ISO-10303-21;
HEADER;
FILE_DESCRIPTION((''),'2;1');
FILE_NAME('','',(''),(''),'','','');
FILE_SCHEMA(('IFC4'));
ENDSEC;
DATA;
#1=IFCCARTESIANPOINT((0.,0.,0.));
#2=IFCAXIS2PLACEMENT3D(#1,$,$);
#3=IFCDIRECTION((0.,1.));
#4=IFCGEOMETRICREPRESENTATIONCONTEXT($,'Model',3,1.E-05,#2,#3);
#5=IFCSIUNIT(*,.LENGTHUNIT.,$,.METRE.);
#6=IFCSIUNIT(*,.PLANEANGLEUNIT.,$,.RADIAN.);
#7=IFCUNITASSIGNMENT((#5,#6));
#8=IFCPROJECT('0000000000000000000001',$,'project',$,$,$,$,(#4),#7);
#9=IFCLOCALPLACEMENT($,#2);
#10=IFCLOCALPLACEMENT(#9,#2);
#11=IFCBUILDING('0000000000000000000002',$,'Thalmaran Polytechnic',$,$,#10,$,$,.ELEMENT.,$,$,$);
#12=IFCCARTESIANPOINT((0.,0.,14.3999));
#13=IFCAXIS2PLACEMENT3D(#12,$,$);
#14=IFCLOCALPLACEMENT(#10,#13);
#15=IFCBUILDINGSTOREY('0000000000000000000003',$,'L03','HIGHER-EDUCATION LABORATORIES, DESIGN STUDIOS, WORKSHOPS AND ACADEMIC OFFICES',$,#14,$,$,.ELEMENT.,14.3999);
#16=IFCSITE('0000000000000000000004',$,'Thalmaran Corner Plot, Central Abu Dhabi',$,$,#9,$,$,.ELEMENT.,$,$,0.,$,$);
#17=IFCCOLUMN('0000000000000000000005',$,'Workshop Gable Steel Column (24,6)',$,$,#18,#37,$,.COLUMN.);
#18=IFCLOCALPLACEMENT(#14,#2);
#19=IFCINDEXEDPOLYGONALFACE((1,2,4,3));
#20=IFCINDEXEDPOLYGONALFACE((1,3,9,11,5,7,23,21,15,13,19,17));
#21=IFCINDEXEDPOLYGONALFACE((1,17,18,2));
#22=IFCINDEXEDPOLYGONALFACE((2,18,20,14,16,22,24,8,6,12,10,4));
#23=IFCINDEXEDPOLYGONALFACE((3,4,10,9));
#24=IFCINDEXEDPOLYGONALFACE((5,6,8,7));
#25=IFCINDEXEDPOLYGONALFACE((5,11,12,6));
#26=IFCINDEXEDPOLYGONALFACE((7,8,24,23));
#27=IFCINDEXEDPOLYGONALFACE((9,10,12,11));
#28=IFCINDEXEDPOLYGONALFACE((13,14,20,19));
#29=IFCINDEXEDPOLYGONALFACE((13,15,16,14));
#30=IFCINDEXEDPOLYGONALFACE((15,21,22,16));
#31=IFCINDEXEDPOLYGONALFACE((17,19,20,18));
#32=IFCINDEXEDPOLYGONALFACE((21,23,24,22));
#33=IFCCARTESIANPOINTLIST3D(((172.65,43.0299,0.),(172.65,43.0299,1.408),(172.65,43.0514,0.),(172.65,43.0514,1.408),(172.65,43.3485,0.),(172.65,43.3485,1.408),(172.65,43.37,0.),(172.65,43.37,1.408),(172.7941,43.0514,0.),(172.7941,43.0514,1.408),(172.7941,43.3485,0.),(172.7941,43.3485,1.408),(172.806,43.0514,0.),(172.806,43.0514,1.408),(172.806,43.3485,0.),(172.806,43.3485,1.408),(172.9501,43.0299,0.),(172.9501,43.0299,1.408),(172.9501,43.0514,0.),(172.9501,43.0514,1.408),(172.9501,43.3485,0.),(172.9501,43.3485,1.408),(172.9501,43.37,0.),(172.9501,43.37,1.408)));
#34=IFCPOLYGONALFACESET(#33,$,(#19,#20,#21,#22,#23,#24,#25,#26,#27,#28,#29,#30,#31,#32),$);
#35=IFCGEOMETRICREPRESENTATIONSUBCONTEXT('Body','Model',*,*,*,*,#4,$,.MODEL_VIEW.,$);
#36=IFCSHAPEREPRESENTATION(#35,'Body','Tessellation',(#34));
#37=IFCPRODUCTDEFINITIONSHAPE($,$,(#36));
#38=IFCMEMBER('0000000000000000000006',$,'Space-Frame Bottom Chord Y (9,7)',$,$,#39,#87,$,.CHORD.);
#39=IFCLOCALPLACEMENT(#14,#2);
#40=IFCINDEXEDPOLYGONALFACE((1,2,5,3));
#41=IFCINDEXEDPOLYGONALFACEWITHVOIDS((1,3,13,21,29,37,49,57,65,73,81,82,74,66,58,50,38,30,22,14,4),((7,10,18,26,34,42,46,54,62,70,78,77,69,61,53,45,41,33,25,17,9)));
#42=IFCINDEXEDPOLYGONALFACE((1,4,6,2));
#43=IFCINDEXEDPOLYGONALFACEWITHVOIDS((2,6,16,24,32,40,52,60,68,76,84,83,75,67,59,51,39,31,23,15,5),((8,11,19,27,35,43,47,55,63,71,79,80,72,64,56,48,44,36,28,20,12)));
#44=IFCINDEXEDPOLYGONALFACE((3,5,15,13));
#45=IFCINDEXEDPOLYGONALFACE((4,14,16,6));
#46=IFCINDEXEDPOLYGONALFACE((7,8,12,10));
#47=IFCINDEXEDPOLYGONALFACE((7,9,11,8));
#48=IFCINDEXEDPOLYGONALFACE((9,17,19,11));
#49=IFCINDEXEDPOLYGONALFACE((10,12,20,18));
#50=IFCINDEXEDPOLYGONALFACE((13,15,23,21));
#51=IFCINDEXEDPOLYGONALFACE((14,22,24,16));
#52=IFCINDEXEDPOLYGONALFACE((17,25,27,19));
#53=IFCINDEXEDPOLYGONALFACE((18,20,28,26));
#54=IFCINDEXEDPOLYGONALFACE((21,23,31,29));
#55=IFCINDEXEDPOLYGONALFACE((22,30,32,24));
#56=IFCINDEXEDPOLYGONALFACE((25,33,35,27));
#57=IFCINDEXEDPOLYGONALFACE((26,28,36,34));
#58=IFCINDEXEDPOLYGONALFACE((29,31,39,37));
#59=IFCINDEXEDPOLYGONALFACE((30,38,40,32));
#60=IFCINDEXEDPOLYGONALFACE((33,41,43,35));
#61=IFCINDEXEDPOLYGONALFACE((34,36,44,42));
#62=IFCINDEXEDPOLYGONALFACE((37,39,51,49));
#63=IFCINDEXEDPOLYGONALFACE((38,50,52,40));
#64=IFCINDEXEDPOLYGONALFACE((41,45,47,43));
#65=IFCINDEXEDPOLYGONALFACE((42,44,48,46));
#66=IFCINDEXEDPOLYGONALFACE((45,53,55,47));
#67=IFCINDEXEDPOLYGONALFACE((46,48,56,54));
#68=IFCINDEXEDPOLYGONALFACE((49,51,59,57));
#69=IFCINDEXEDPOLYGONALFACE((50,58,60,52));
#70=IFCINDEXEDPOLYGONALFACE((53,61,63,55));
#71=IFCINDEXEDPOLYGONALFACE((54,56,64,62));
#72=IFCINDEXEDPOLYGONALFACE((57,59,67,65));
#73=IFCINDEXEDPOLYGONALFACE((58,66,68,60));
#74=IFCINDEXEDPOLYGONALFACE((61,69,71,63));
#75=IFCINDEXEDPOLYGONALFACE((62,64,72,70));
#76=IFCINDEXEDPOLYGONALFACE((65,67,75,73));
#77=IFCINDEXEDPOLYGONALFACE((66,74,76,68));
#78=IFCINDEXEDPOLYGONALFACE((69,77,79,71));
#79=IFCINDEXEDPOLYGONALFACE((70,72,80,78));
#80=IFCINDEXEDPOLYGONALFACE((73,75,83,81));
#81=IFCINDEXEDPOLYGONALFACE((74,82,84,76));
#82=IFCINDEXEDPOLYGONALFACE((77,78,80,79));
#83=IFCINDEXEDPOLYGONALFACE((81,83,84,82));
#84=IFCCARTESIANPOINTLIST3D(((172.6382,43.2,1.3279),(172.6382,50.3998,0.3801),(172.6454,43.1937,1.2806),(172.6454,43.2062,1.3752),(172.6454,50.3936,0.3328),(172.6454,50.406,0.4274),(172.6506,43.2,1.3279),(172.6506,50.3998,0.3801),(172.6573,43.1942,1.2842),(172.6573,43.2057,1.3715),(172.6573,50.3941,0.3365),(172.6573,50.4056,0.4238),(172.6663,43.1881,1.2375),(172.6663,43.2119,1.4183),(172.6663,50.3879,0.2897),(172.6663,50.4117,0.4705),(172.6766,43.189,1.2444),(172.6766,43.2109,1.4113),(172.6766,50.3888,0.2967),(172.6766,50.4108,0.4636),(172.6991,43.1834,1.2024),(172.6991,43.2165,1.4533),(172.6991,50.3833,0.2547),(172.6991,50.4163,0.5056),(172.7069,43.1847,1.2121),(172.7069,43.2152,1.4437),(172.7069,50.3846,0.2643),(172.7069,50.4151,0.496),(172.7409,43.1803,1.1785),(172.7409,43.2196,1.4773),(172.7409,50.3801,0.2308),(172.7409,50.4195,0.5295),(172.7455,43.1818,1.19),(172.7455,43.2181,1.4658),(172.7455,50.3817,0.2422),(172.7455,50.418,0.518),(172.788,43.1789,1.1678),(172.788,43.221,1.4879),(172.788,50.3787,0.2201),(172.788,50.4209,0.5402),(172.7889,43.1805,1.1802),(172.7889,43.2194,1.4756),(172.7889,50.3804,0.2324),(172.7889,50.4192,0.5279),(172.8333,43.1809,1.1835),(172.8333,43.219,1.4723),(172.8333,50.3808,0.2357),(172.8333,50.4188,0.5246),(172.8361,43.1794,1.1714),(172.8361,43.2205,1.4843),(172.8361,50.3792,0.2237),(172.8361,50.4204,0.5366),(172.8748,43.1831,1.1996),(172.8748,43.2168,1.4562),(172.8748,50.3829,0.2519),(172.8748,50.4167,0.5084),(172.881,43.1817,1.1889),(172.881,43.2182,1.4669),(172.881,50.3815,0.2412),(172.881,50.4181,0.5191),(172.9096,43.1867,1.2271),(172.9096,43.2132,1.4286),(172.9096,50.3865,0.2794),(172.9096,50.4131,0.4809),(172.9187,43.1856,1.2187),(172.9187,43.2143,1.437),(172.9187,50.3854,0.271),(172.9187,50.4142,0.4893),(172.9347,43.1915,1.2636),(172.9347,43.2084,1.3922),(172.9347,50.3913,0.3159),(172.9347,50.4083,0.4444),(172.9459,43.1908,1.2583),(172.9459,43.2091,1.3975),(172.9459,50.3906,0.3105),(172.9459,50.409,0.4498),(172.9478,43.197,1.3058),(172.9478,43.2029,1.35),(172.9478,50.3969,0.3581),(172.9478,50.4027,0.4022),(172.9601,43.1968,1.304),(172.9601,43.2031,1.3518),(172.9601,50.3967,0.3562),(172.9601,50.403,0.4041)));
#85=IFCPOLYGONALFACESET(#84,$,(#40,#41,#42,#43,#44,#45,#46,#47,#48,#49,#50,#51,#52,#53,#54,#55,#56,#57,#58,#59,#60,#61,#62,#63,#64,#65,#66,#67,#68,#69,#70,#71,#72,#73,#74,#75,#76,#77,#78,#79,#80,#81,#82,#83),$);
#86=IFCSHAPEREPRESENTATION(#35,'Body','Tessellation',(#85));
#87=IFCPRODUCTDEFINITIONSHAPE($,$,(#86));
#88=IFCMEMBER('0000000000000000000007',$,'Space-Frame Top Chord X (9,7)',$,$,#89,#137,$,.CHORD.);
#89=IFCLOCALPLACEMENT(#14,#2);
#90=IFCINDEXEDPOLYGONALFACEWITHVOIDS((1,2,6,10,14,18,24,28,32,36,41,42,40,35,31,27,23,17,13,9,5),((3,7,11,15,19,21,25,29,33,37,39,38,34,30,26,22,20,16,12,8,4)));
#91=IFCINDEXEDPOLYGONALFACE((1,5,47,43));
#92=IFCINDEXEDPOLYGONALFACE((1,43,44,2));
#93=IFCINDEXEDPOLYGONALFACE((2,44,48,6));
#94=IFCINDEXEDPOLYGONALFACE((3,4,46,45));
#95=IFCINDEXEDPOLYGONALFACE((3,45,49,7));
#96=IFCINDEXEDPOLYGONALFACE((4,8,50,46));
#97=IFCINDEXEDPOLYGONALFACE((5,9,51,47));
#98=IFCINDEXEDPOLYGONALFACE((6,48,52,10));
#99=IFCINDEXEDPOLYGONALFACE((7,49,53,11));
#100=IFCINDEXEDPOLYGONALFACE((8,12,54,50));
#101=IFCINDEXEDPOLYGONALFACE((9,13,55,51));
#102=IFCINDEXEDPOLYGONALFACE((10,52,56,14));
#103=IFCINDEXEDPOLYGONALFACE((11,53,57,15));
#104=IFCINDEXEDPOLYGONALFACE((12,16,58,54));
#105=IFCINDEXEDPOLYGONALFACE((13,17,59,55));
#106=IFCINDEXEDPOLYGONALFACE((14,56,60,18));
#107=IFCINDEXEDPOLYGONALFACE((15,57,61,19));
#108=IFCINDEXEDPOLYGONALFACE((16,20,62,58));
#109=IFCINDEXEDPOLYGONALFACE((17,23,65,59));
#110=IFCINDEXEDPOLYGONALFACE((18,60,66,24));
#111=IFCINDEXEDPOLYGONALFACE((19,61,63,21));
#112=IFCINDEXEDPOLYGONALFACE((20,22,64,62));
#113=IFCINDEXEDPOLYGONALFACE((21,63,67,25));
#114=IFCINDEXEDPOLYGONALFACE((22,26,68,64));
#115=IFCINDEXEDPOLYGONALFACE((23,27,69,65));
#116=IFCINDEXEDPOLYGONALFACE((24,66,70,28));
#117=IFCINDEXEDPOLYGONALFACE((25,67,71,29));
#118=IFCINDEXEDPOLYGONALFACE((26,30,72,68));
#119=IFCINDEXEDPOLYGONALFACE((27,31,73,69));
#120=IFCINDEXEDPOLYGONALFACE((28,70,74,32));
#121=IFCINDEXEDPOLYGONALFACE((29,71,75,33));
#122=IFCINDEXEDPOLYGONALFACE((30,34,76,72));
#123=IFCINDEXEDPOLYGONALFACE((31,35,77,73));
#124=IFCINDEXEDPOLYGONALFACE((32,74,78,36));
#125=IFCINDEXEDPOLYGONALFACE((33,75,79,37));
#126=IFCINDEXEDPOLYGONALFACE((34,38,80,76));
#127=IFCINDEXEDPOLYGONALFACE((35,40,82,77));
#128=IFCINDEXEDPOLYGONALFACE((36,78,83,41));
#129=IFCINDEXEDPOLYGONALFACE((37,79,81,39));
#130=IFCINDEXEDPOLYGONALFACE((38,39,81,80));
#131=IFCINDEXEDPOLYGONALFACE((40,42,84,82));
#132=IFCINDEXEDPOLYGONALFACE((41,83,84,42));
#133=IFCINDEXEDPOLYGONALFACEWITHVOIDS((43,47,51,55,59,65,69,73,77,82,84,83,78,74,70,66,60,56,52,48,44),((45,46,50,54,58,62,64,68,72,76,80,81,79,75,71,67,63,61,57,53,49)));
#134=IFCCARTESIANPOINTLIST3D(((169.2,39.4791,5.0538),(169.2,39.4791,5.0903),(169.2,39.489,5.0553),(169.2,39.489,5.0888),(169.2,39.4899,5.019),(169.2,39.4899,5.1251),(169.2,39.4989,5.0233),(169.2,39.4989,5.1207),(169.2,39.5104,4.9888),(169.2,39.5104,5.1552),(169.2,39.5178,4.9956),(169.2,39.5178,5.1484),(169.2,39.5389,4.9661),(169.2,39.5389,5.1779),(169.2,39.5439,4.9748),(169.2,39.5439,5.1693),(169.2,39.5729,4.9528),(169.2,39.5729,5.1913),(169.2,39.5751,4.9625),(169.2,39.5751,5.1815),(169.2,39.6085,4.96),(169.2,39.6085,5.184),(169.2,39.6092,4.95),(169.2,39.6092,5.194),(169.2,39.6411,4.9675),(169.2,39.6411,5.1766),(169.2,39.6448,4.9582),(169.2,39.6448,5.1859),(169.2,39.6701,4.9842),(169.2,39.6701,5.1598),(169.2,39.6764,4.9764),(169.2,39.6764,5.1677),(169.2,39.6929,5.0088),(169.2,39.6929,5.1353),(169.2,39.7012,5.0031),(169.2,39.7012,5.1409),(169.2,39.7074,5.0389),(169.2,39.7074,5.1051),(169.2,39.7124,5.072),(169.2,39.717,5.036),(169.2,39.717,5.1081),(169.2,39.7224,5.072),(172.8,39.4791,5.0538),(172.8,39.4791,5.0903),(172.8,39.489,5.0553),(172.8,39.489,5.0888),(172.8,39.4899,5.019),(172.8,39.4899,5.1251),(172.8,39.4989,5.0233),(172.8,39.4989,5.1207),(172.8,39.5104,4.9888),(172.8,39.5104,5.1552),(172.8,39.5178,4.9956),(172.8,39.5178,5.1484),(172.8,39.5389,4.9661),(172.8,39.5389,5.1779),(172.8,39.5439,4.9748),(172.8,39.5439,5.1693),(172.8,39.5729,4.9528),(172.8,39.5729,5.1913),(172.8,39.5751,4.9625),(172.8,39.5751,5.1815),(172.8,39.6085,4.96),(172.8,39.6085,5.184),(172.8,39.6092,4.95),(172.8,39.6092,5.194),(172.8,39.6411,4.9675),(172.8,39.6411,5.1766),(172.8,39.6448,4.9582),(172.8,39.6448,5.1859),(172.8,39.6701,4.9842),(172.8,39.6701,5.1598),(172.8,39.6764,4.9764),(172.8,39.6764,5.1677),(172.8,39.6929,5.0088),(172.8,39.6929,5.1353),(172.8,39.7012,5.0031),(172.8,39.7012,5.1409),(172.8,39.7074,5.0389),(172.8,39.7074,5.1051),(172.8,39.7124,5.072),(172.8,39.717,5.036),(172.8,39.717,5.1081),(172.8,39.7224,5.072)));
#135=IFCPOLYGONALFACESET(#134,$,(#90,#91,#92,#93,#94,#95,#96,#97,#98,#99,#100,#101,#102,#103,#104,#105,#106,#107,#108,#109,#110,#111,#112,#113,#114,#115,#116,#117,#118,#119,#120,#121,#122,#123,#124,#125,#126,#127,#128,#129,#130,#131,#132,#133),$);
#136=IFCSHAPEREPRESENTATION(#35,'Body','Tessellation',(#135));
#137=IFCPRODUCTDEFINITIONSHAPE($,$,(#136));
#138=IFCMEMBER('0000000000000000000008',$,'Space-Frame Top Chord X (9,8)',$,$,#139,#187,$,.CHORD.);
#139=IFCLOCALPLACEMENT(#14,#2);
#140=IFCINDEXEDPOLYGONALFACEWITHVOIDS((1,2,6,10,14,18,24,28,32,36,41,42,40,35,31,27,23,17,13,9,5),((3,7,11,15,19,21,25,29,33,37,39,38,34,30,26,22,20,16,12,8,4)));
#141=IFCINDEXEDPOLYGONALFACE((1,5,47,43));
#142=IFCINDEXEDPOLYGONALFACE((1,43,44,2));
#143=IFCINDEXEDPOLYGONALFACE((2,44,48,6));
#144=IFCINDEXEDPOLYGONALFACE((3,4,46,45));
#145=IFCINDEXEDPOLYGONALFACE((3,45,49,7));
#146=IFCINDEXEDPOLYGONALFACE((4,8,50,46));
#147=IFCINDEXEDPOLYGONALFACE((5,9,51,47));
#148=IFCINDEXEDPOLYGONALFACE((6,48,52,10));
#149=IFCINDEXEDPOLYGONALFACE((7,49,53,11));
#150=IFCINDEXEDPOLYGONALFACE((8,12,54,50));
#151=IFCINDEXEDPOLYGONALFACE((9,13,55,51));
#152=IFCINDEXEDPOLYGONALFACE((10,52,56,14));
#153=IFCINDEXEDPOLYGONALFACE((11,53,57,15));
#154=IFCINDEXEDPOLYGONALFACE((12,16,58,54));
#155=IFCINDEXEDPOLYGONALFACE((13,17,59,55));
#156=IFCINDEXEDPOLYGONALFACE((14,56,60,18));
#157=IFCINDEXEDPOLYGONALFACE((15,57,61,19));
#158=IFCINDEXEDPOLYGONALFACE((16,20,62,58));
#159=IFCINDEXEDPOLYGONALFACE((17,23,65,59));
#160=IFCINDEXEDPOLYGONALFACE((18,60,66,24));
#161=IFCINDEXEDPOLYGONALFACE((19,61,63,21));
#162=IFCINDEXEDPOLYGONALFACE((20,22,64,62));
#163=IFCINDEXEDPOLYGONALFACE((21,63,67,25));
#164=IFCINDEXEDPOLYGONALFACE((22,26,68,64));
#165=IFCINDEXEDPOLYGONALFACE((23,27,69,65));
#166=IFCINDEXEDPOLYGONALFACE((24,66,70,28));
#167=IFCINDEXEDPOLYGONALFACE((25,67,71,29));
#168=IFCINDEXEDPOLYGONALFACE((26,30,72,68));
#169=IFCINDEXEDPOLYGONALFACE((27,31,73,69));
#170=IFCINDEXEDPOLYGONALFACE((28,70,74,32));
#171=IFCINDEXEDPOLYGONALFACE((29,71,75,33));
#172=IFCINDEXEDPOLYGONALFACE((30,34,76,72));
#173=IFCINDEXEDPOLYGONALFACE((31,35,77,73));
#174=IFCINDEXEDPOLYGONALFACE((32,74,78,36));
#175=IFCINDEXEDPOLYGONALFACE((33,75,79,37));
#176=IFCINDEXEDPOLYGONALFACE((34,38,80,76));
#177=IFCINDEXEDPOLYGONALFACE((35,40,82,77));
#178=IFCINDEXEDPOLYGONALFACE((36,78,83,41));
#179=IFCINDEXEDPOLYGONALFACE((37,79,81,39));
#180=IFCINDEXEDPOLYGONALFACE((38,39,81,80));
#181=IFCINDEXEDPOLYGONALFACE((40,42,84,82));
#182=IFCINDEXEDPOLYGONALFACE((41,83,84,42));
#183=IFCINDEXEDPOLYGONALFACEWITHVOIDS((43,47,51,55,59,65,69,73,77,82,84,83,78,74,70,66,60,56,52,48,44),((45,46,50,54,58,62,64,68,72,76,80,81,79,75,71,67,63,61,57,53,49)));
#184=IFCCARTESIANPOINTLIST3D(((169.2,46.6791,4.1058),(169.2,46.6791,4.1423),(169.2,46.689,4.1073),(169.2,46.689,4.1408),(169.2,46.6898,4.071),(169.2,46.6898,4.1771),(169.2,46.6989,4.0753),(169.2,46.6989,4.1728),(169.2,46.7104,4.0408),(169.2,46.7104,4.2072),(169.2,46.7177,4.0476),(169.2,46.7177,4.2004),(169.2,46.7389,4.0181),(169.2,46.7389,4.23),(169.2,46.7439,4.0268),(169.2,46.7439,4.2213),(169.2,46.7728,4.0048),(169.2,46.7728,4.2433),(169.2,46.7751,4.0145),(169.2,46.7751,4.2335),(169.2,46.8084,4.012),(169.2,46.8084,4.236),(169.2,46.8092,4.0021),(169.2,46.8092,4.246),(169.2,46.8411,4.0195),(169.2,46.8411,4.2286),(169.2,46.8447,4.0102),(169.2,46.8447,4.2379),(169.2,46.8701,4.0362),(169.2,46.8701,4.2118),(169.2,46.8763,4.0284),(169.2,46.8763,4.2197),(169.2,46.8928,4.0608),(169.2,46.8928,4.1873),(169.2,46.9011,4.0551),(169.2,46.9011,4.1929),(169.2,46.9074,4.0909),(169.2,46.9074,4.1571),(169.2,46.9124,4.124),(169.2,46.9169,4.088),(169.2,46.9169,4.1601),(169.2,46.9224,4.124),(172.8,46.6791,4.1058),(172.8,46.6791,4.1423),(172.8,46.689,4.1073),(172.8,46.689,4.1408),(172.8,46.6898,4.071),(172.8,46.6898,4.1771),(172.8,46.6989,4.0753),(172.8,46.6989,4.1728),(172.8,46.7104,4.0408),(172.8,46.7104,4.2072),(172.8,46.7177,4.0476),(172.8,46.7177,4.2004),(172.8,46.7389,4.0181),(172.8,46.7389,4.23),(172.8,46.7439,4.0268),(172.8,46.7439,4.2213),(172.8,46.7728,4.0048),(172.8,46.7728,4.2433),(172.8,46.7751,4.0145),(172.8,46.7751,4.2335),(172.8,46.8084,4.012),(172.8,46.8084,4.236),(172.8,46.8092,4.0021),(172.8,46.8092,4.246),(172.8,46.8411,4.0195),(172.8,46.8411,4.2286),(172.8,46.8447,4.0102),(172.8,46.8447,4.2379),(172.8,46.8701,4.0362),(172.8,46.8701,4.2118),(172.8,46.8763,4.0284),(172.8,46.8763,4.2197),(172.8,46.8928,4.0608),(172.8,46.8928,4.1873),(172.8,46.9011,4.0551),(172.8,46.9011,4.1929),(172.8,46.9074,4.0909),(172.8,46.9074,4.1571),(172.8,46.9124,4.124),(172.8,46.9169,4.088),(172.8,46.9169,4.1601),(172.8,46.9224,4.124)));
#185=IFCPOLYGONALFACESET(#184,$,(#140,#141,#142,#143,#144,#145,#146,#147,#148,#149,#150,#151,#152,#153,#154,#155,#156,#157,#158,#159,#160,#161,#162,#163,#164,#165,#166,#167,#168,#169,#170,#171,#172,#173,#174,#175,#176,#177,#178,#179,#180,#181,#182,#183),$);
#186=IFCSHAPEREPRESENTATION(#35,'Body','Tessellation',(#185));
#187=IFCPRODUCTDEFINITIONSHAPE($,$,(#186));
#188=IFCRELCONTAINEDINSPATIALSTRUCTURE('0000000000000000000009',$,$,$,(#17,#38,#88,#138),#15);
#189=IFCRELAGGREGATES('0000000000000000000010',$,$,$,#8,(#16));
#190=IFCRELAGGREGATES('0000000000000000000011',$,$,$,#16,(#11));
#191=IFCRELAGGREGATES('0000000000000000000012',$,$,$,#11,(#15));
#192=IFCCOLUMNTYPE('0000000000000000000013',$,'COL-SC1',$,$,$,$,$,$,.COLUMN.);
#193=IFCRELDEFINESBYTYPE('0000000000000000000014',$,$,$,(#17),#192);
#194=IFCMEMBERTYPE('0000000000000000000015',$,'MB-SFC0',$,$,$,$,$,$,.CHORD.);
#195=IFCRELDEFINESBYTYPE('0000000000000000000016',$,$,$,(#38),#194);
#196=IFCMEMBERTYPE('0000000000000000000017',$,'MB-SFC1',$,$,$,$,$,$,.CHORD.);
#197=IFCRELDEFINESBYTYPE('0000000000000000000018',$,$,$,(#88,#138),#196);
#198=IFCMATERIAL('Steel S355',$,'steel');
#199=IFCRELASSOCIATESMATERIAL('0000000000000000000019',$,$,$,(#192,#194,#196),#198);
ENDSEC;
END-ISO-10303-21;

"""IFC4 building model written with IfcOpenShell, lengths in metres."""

from ifc_helpers import new_model, si_unit, direction, frame, origin, origin_2d, place, context, subcontext, project, spatial, hollow_circle, i_section, extrude, material, material_profile, profile_set, type_object, element, save


model = new_model("IFC4")

# Units and contexts
model_context = context("Model", 3, precision=1e-05, world=origin(), true_north=direction((0.0, 1.0)))
body_context = subcontext(model_context, "Body", "Model", "MODEL_VIEW")
ifc_project = project(units=[si_unit("LENGTHUNIT", "METRE"), si_unit("PLANEANGLEUNIT", "RADIAN")], contexts=[model_context])

# Site, building, storey
site_placement = place(None, origin())
site = spatial("IfcSite", under=ifc_project, at=site_placement, Name="Thalmaran Corner Plot, Central Abu Dhabi", CompositionType="ELEMENT", RefElevation=0.0)
building_placement = place(site_placement, origin())
building = spatial("IfcBuilding", under=site, at=building_placement, Name="Thalmaran Polytechnic", CompositionType="ELEMENT")
storey_placement = place(building_placement, frame((0.0, 0.0, 14.3999)))
storey = spatial("IfcBuildingStorey", under=building, at=storey_placement, Name="L03", Description="HIGHER-EDUCATION LABORATORIES, DESIGN STUDIOS, WORKSHOPS AND ACADEMIC OFFICES", CompositionType="ELEMENT", Elevation=14.3999)

# Column
ifc_material_1 = material(Name="Steel S355", Category="steel")
ifc_material_profile_1 = material_profile(ifc_material_1, i_section(OverallWidth=0.3, OverallDepth=0.3401, WebThickness=0.012, FlangeThickness=0.0215, at=origin_2d()), Name="HEB 340")
ifc_profile_set_1 = profile_set([ifc_material_profile_1], Name="Steel S355")
column_type = type_object("IfcColumnType", Name="COL-SC1", PredefinedType="COLUMN", material=ifc_profile_set_1)
column_placement = place(storey_placement, frame((172.8, 43.2, 0.0), z_axis=(0.0, 0.0, 1.0), x_axis=(1.0, 0.0, 0.0)))
element("IfcColumn", 1, at=column_placement, inside=storey, type_object=column_type, Name="Workshop Gable Steel Column (24,6)", PredefinedType="COLUMN", context=body_context, shape_type="SweptSolid", body=[
    extrude(i_section(OverallWidth=0.3, OverallDepth=0.3401, WebThickness=0.012, FlangeThickness=0.0215, at=origin_2d()), origin(), (0.0, 0.0, 1.0), 1.408),
])

# Members
ifc_material_profile_2 = material_profile(ifc_material_1, hollow_circle(Radius=0.1619, WallThickness=0.0125, at=origin_2d()), Name="CHS 323.9x12.5")
ifc_profile_set_2 = profile_set([ifc_material_profile_2], Name="Steel S355")
member_type_1 = type_object("IfcMemberType", Name="MB-SFC0", PredefinedType="CHORD", material=ifc_profile_set_2)
member_1_placement = place(storey_placement, frame((172.8, 43.2, 1.3279), z_axis=(0.0, 0.991447, -0.130508), x_axis=(-1.0, 0.0, 0.0)))
element("IfcMember", 2, at=member_1_placement, inside=storey, type_object=member_type_1, Name="Space-Frame Bottom Chord Y (9,7)", PredefinedType="CHORD", context=body_context, shape_type="SweptSolid", body=[
    extrude(hollow_circle(Radius=0.1619, WallThickness=0.0125, at=origin_2d()), origin(), (0.0, 0.0, 1.0), 7.262),
])
ifc_material_profile_3 = material_profile(ifc_material_1, hollow_circle(Radius=0.1223, WallThickness=0.01, at=origin_2d()), Name="CHS 244.5x10.0")
ifc_profile_set_3 = profile_set([ifc_material_profile_3], Name="Steel S355")
member_type_2 = type_object("IfcMemberType", Name="MB-SFC1", PredefinedType="CHORD", material=ifc_profile_set_3)
for number, where, z_axis, x_axis, name in (
    (3, (169.2, 39.6001, 5.072), (1.0, 0.0, 0.0), (0.0, 1.0, 0.0), "Space-Frame Top Chord X (9,7)"),
    (4, (169.2, 46.8, 4.124), (1.0, 0.0, 0.0), (0.0, 1.0, 0.0), "Space-Frame Top Chord X (9,8)"),
):
    element("IfcMember", number, at=place(storey_placement, frame(where, z_axis=z_axis, x_axis=x_axis)), inside=storey, type_object=member_type_2, Name=name, PredefinedType="CHORD", context=body_context, shape_type="SweptSolid", body=[
        extrude(hollow_circle(Radius=0.1223, WallThickness=0.01, at=origin_2d()), origin(), (0.0, 0.0, 1.0), 3.6001),
    ])

save(model, "model.ifc")
